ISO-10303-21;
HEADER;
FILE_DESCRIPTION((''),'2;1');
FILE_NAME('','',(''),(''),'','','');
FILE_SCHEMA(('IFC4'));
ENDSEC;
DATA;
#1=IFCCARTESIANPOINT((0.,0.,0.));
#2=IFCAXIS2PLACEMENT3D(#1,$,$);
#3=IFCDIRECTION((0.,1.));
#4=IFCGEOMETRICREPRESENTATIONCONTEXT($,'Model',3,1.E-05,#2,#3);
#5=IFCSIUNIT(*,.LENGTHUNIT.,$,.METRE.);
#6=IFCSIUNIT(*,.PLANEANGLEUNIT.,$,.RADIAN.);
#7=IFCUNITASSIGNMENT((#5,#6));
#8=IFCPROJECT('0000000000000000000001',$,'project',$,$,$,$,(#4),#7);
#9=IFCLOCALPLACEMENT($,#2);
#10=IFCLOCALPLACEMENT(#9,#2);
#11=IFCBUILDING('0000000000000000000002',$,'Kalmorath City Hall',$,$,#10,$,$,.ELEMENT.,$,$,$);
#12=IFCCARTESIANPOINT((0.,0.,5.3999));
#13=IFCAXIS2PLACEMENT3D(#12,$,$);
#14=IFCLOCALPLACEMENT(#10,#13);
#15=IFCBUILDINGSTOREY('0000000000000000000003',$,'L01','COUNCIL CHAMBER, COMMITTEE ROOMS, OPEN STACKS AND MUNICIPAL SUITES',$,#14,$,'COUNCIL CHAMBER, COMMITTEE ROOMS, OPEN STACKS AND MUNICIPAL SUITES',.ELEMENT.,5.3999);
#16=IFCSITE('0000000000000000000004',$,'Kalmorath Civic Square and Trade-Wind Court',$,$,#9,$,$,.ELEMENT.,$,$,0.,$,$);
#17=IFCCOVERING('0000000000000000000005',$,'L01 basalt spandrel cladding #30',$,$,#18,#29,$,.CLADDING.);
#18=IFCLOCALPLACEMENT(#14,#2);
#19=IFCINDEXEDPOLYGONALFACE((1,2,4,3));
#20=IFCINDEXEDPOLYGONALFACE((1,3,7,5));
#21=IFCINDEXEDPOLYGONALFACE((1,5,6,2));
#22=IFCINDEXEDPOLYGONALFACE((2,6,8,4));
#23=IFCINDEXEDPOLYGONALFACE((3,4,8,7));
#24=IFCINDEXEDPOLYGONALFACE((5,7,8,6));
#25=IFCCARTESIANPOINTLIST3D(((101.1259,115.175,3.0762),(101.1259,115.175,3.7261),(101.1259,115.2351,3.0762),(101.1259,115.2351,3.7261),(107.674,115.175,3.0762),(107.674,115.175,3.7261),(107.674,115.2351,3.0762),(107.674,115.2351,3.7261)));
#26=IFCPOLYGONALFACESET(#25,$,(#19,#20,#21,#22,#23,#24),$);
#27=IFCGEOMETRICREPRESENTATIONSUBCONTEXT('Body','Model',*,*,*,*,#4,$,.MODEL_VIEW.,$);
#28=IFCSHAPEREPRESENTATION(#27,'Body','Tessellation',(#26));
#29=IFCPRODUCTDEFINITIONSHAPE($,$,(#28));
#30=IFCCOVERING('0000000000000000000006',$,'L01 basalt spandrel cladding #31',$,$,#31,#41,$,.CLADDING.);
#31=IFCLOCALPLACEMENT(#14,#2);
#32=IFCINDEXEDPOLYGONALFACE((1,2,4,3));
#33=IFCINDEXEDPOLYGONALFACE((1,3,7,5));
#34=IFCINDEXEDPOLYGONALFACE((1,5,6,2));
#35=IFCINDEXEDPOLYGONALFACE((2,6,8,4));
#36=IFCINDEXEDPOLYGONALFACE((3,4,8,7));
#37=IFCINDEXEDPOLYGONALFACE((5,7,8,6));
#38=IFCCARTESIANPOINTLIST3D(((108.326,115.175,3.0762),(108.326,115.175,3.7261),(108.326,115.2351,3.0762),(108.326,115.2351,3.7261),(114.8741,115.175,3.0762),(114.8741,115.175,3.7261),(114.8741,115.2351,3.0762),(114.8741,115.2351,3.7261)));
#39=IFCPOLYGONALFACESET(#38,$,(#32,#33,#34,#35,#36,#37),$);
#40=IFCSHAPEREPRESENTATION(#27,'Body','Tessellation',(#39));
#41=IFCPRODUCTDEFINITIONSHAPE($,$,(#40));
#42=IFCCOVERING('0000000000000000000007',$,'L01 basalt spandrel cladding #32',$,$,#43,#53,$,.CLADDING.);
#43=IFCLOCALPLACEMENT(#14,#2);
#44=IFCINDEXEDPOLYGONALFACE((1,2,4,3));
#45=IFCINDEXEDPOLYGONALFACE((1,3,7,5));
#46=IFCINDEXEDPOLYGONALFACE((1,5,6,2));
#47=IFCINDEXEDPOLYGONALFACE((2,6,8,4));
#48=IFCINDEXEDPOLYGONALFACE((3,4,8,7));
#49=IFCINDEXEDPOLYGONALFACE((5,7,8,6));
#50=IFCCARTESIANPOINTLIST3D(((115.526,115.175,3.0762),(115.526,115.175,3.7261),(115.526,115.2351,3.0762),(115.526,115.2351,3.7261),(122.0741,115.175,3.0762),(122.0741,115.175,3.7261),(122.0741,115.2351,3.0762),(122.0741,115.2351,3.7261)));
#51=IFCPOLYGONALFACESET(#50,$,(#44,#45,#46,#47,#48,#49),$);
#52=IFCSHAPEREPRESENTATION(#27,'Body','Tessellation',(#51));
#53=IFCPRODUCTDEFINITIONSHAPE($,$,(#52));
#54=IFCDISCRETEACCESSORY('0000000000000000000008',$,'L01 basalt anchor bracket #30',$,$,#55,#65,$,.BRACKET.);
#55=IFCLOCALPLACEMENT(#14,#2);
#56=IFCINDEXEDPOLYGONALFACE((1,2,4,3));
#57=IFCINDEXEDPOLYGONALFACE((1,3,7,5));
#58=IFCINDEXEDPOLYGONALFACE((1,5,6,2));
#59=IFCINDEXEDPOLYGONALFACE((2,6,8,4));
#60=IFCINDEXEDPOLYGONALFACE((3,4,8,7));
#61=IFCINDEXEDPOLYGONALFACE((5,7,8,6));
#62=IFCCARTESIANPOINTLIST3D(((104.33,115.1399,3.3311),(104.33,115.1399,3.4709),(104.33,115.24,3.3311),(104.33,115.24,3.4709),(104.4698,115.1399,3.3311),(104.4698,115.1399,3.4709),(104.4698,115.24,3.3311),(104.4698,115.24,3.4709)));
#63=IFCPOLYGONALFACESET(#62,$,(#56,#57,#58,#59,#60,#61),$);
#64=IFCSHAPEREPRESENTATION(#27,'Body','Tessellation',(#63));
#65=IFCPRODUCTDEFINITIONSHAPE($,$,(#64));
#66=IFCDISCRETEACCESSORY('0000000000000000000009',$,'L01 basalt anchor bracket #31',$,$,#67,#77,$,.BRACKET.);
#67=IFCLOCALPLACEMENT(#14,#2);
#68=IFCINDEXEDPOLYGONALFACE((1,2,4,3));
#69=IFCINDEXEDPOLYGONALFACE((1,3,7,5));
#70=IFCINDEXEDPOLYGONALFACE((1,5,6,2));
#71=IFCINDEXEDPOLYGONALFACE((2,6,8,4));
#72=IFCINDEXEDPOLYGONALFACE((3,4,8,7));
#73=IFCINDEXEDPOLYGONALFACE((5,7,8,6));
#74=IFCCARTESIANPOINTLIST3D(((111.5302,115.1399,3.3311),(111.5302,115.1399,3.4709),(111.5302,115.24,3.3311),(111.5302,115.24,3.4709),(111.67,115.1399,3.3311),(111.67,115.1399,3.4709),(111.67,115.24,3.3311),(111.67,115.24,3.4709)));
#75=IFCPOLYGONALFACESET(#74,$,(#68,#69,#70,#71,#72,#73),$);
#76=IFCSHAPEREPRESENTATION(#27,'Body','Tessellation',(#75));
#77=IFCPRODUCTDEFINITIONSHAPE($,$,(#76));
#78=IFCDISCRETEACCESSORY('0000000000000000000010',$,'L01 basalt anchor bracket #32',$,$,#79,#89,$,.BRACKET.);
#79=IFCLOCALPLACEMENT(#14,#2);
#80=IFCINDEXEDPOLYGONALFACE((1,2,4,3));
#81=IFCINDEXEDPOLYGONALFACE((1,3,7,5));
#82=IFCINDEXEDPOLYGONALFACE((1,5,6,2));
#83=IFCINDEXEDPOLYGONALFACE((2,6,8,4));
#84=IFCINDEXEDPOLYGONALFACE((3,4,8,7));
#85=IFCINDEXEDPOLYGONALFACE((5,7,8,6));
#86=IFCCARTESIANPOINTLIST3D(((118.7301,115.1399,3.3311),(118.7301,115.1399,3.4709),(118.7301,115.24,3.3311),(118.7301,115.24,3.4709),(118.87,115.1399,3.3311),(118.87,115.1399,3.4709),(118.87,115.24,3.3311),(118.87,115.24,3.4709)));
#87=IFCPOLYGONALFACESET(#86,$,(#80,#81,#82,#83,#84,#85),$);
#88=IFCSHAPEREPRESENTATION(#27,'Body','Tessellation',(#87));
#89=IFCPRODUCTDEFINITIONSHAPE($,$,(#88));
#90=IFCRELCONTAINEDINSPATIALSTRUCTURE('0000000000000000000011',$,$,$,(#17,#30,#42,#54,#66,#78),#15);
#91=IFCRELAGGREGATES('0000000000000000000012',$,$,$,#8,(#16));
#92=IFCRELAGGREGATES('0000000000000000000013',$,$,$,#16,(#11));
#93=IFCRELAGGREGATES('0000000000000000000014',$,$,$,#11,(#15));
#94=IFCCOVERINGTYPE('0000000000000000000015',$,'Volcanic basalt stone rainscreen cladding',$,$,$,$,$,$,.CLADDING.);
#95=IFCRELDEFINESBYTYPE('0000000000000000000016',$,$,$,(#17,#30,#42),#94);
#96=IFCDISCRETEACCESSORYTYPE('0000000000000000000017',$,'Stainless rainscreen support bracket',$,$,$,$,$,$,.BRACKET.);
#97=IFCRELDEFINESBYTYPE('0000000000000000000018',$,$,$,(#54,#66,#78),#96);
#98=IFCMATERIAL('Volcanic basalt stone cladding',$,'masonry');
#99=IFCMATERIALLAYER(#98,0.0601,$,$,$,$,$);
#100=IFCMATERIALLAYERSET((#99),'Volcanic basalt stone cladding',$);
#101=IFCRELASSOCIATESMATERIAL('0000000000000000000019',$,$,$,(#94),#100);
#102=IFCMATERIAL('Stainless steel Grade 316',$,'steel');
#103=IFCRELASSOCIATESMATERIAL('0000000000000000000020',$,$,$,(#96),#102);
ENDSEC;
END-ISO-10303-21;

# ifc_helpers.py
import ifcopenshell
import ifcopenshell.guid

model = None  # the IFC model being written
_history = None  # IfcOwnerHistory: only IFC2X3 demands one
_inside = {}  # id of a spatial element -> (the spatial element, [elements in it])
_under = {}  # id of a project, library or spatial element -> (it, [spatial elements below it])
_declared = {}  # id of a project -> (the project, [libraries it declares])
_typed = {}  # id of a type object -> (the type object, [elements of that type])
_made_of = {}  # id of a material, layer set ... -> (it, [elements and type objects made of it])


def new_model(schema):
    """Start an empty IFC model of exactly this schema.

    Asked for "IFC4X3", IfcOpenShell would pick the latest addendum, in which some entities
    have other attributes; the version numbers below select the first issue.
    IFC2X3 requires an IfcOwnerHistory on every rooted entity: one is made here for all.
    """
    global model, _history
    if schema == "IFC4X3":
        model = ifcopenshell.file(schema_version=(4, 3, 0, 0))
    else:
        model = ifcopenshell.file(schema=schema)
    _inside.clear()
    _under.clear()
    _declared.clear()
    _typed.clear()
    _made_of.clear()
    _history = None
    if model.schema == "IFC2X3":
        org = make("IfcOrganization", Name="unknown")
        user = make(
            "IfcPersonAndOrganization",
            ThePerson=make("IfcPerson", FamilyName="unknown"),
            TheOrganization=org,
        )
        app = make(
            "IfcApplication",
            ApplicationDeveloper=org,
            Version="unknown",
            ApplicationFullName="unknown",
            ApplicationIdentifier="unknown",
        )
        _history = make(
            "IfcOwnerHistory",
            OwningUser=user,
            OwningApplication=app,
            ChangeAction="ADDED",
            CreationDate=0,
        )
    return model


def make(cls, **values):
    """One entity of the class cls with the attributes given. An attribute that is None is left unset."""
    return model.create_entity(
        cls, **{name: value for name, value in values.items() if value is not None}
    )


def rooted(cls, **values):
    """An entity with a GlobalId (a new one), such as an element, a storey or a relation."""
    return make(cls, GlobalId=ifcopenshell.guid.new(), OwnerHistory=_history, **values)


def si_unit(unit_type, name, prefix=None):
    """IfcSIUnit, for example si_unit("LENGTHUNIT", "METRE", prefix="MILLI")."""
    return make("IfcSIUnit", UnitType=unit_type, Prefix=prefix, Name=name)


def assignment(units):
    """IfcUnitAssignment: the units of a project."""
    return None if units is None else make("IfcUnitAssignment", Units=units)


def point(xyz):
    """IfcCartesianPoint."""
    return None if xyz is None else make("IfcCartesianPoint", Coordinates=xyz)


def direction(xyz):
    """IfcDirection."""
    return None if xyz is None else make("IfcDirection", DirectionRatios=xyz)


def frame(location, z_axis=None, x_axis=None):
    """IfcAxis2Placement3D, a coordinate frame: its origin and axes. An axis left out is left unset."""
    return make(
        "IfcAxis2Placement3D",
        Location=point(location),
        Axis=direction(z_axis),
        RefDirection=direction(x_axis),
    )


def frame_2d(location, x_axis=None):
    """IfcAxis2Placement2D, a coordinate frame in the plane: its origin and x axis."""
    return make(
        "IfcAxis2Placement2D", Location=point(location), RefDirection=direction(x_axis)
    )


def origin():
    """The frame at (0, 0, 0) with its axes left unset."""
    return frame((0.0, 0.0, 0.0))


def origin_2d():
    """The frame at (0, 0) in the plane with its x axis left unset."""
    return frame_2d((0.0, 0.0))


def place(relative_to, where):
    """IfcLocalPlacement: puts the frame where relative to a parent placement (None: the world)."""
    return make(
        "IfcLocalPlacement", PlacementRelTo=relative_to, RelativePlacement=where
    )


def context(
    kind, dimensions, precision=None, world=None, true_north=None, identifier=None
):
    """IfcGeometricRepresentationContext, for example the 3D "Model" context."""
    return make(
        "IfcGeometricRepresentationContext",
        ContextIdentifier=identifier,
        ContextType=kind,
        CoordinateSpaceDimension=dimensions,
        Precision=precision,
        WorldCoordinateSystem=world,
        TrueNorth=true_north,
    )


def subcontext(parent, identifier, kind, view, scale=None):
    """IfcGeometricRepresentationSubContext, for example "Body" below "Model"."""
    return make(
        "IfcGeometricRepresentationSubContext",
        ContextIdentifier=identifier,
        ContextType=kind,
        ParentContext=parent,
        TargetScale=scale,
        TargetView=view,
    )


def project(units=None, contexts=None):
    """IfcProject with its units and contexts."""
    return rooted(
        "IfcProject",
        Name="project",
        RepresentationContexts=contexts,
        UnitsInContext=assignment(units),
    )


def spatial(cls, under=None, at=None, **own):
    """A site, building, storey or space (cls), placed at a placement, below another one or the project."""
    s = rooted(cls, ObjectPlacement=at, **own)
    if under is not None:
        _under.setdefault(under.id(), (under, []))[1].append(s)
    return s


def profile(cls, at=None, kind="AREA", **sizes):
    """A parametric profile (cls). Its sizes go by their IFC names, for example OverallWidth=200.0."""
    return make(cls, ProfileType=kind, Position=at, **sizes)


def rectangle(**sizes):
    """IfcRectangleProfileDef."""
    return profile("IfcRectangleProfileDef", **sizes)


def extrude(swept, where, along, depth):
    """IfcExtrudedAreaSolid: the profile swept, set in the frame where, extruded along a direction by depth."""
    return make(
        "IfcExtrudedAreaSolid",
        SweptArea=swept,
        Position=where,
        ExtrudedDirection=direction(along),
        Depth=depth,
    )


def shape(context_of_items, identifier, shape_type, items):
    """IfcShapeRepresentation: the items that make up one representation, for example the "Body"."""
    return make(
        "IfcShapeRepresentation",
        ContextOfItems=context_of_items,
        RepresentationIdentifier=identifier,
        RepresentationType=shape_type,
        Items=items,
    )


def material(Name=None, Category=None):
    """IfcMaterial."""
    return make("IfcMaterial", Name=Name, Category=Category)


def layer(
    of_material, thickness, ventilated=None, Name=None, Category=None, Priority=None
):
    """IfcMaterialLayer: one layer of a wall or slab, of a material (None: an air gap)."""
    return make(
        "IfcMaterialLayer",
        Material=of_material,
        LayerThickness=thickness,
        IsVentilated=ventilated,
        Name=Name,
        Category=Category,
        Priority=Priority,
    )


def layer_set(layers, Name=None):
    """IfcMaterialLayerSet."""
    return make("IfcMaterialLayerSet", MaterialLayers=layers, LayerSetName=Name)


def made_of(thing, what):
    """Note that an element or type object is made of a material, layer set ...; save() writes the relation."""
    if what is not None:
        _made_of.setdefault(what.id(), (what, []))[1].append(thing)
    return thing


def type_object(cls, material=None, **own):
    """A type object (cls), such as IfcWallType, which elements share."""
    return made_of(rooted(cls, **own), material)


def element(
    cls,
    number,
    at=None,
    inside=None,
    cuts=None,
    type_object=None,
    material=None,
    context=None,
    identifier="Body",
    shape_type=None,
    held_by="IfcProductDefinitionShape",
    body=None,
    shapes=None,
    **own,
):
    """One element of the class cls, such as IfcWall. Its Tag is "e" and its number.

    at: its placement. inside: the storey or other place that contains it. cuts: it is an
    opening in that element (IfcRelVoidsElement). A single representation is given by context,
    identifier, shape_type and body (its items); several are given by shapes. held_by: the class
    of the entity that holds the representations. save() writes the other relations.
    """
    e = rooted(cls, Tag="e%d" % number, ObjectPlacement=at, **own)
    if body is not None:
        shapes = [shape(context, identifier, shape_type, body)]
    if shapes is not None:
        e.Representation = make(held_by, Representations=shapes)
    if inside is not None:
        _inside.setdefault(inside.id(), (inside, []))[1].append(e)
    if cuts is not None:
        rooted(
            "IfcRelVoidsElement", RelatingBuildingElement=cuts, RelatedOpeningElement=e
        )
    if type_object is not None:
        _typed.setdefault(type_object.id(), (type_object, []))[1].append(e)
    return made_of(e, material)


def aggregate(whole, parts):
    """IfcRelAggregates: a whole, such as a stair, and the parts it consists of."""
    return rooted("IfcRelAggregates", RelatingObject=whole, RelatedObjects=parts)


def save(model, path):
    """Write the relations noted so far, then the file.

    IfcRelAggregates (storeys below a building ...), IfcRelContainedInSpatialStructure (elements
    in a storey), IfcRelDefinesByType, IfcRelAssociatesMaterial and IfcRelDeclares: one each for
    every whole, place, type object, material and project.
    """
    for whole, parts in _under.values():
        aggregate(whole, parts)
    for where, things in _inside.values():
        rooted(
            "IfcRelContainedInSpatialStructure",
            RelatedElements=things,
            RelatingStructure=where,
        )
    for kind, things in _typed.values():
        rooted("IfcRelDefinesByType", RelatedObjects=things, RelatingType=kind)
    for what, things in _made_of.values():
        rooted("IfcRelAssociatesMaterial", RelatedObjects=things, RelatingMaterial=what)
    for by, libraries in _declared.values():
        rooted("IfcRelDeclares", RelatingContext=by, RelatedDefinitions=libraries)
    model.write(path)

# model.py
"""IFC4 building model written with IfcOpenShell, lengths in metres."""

from ifc_helpers import new_model, si_unit, direction, frame, origin, origin_2d, place, context, subcontext, project, spatial, rectangle, extrude, material, layer, layer_set, type_object, element, save


model = new_model("IFC4")

# Units and contexts
model_context = context("Model", 3, precision=1e-05, world=origin(), true_north=direction((0.0, 1.0)))
body_context = subcontext(model_context, "Body", "Model", "MODEL_VIEW")
ifc_project = project(units=[si_unit("LENGTHUNIT", "METRE"), si_unit("PLANEANGLEUNIT", "RADIAN")], contexts=[model_context])

# Site, building, storey
site_placement = place(None, origin())
site = spatial("IfcSite", under=ifc_project, at=site_placement, Name="Kalmorath Civic Square and Trade-Wind Court", CompositionType="ELEMENT", RefElevation=0.0)
building_placement = place(site_placement, origin())
building = spatial("IfcBuilding", under=site, at=building_placement, Name="Kalmorath City Hall", CompositionType="ELEMENT")
storey_placement = place(building_placement, frame((0.0, 0.0, 5.3999)))
storey = spatial("IfcBuildingStorey", under=building, at=storey_placement, Name="L01", Description="COUNCIL CHAMBER, COMMITTEE ROOMS, OPEN STACKS AND MUNICIPAL SUITES", LongName="COUNCIL CHAMBER, COMMITTEE ROOMS, OPEN STACKS AND MUNICIPAL SUITES", CompositionType="ELEMENT", Elevation=5.3999)

# Coverings
ifc_material_1 = material(Name="Volcanic basalt stone cladding", Category="masonry")
ifc_layer_1 = layer(ifc_material_1, 0.0601)
ifc_layer_set_1 = layer_set([ifc_layer_1], Name="Volcanic basalt stone cladding")
covering_type = type_object("IfcCoveringType", Name="Volcanic basalt stone rainscreen cladding", PredefinedType="CLADDING", material=ifc_layer_set_1)
for number, where, z_axis, x_axis, name in (
    (1, (104.3999, 115.2051, 3.0762), (0.0, 0.0, 1.0), (1.0, 0.0, 0.0), "L01 basalt spandrel cladding #30"),
    (2, (111.6001, 115.2051, 3.0762), (0.0, 0.0, 1.0), (1.0, 0.0, 0.0), "L01 basalt spandrel cladding #31"),
    (3, (118.8, 115.2051, 3.0762), (0.0, 0.0, 1.0), (1.0, 0.0, 0.0), "L01 basalt spandrel cladding #32"),
):
    element("IfcCovering", number, at=place(storey_placement, frame(where, z_axis=z_axis, x_axis=x_axis)), inside=storey, type_object=covering_type, Name=name, PredefinedType="CLADDING", context=body_context, shape_type="SweptSolid", body=[
        extrude(rectangle(XDim=6.5481, YDim=0.0601, at=origin_2d()), origin(), (0.0, 0.0, 1.0), 0.6499),
    ])

# Discrete accessories
ifc_material_2 = material(Name="Stainless steel Grade 316", Category="steel")
discrete_accessory_type = type_object("IfcDiscreteAccessoryType", Name="Stainless rainscreen support bracket", PredefinedType="BRACKET", material=ifc_material_2)
for number, where, z_axis, x_axis, name in (
    (4, (104.3999, 115.1899, 3.3311), (0.0, 0.0, 1.0), (1.0, 0.0, 0.0), "L01 basalt anchor bracket #30"),
    (5, (111.6001, 115.1899, 3.3311), (0.0, 0.0, 1.0), (1.0, 0.0, 0.0), "L01 basalt anchor bracket #31"),
    (6, (118.8, 115.1899, 3.3311), (0.0, 0.0, 1.0), (1.0, 0.0, 0.0), "L01 basalt anchor bracket #32"),
):
    element("IfcDiscreteAccessory", number, at=place(storey_placement, frame(where, z_axis=z_axis, x_axis=x_axis)), inside=storey, type_object=discrete_accessory_type, Name=name, PredefinedType="BRACKET", context=body_context, shape_type="SweptSolid", body=[
        extrude(rectangle(XDim=0.1399, YDim=0.1001, at=origin_2d()), origin(), (0.0, 0.0, 1.0), 0.1399),
    ])

save(model, "model.ifc")
